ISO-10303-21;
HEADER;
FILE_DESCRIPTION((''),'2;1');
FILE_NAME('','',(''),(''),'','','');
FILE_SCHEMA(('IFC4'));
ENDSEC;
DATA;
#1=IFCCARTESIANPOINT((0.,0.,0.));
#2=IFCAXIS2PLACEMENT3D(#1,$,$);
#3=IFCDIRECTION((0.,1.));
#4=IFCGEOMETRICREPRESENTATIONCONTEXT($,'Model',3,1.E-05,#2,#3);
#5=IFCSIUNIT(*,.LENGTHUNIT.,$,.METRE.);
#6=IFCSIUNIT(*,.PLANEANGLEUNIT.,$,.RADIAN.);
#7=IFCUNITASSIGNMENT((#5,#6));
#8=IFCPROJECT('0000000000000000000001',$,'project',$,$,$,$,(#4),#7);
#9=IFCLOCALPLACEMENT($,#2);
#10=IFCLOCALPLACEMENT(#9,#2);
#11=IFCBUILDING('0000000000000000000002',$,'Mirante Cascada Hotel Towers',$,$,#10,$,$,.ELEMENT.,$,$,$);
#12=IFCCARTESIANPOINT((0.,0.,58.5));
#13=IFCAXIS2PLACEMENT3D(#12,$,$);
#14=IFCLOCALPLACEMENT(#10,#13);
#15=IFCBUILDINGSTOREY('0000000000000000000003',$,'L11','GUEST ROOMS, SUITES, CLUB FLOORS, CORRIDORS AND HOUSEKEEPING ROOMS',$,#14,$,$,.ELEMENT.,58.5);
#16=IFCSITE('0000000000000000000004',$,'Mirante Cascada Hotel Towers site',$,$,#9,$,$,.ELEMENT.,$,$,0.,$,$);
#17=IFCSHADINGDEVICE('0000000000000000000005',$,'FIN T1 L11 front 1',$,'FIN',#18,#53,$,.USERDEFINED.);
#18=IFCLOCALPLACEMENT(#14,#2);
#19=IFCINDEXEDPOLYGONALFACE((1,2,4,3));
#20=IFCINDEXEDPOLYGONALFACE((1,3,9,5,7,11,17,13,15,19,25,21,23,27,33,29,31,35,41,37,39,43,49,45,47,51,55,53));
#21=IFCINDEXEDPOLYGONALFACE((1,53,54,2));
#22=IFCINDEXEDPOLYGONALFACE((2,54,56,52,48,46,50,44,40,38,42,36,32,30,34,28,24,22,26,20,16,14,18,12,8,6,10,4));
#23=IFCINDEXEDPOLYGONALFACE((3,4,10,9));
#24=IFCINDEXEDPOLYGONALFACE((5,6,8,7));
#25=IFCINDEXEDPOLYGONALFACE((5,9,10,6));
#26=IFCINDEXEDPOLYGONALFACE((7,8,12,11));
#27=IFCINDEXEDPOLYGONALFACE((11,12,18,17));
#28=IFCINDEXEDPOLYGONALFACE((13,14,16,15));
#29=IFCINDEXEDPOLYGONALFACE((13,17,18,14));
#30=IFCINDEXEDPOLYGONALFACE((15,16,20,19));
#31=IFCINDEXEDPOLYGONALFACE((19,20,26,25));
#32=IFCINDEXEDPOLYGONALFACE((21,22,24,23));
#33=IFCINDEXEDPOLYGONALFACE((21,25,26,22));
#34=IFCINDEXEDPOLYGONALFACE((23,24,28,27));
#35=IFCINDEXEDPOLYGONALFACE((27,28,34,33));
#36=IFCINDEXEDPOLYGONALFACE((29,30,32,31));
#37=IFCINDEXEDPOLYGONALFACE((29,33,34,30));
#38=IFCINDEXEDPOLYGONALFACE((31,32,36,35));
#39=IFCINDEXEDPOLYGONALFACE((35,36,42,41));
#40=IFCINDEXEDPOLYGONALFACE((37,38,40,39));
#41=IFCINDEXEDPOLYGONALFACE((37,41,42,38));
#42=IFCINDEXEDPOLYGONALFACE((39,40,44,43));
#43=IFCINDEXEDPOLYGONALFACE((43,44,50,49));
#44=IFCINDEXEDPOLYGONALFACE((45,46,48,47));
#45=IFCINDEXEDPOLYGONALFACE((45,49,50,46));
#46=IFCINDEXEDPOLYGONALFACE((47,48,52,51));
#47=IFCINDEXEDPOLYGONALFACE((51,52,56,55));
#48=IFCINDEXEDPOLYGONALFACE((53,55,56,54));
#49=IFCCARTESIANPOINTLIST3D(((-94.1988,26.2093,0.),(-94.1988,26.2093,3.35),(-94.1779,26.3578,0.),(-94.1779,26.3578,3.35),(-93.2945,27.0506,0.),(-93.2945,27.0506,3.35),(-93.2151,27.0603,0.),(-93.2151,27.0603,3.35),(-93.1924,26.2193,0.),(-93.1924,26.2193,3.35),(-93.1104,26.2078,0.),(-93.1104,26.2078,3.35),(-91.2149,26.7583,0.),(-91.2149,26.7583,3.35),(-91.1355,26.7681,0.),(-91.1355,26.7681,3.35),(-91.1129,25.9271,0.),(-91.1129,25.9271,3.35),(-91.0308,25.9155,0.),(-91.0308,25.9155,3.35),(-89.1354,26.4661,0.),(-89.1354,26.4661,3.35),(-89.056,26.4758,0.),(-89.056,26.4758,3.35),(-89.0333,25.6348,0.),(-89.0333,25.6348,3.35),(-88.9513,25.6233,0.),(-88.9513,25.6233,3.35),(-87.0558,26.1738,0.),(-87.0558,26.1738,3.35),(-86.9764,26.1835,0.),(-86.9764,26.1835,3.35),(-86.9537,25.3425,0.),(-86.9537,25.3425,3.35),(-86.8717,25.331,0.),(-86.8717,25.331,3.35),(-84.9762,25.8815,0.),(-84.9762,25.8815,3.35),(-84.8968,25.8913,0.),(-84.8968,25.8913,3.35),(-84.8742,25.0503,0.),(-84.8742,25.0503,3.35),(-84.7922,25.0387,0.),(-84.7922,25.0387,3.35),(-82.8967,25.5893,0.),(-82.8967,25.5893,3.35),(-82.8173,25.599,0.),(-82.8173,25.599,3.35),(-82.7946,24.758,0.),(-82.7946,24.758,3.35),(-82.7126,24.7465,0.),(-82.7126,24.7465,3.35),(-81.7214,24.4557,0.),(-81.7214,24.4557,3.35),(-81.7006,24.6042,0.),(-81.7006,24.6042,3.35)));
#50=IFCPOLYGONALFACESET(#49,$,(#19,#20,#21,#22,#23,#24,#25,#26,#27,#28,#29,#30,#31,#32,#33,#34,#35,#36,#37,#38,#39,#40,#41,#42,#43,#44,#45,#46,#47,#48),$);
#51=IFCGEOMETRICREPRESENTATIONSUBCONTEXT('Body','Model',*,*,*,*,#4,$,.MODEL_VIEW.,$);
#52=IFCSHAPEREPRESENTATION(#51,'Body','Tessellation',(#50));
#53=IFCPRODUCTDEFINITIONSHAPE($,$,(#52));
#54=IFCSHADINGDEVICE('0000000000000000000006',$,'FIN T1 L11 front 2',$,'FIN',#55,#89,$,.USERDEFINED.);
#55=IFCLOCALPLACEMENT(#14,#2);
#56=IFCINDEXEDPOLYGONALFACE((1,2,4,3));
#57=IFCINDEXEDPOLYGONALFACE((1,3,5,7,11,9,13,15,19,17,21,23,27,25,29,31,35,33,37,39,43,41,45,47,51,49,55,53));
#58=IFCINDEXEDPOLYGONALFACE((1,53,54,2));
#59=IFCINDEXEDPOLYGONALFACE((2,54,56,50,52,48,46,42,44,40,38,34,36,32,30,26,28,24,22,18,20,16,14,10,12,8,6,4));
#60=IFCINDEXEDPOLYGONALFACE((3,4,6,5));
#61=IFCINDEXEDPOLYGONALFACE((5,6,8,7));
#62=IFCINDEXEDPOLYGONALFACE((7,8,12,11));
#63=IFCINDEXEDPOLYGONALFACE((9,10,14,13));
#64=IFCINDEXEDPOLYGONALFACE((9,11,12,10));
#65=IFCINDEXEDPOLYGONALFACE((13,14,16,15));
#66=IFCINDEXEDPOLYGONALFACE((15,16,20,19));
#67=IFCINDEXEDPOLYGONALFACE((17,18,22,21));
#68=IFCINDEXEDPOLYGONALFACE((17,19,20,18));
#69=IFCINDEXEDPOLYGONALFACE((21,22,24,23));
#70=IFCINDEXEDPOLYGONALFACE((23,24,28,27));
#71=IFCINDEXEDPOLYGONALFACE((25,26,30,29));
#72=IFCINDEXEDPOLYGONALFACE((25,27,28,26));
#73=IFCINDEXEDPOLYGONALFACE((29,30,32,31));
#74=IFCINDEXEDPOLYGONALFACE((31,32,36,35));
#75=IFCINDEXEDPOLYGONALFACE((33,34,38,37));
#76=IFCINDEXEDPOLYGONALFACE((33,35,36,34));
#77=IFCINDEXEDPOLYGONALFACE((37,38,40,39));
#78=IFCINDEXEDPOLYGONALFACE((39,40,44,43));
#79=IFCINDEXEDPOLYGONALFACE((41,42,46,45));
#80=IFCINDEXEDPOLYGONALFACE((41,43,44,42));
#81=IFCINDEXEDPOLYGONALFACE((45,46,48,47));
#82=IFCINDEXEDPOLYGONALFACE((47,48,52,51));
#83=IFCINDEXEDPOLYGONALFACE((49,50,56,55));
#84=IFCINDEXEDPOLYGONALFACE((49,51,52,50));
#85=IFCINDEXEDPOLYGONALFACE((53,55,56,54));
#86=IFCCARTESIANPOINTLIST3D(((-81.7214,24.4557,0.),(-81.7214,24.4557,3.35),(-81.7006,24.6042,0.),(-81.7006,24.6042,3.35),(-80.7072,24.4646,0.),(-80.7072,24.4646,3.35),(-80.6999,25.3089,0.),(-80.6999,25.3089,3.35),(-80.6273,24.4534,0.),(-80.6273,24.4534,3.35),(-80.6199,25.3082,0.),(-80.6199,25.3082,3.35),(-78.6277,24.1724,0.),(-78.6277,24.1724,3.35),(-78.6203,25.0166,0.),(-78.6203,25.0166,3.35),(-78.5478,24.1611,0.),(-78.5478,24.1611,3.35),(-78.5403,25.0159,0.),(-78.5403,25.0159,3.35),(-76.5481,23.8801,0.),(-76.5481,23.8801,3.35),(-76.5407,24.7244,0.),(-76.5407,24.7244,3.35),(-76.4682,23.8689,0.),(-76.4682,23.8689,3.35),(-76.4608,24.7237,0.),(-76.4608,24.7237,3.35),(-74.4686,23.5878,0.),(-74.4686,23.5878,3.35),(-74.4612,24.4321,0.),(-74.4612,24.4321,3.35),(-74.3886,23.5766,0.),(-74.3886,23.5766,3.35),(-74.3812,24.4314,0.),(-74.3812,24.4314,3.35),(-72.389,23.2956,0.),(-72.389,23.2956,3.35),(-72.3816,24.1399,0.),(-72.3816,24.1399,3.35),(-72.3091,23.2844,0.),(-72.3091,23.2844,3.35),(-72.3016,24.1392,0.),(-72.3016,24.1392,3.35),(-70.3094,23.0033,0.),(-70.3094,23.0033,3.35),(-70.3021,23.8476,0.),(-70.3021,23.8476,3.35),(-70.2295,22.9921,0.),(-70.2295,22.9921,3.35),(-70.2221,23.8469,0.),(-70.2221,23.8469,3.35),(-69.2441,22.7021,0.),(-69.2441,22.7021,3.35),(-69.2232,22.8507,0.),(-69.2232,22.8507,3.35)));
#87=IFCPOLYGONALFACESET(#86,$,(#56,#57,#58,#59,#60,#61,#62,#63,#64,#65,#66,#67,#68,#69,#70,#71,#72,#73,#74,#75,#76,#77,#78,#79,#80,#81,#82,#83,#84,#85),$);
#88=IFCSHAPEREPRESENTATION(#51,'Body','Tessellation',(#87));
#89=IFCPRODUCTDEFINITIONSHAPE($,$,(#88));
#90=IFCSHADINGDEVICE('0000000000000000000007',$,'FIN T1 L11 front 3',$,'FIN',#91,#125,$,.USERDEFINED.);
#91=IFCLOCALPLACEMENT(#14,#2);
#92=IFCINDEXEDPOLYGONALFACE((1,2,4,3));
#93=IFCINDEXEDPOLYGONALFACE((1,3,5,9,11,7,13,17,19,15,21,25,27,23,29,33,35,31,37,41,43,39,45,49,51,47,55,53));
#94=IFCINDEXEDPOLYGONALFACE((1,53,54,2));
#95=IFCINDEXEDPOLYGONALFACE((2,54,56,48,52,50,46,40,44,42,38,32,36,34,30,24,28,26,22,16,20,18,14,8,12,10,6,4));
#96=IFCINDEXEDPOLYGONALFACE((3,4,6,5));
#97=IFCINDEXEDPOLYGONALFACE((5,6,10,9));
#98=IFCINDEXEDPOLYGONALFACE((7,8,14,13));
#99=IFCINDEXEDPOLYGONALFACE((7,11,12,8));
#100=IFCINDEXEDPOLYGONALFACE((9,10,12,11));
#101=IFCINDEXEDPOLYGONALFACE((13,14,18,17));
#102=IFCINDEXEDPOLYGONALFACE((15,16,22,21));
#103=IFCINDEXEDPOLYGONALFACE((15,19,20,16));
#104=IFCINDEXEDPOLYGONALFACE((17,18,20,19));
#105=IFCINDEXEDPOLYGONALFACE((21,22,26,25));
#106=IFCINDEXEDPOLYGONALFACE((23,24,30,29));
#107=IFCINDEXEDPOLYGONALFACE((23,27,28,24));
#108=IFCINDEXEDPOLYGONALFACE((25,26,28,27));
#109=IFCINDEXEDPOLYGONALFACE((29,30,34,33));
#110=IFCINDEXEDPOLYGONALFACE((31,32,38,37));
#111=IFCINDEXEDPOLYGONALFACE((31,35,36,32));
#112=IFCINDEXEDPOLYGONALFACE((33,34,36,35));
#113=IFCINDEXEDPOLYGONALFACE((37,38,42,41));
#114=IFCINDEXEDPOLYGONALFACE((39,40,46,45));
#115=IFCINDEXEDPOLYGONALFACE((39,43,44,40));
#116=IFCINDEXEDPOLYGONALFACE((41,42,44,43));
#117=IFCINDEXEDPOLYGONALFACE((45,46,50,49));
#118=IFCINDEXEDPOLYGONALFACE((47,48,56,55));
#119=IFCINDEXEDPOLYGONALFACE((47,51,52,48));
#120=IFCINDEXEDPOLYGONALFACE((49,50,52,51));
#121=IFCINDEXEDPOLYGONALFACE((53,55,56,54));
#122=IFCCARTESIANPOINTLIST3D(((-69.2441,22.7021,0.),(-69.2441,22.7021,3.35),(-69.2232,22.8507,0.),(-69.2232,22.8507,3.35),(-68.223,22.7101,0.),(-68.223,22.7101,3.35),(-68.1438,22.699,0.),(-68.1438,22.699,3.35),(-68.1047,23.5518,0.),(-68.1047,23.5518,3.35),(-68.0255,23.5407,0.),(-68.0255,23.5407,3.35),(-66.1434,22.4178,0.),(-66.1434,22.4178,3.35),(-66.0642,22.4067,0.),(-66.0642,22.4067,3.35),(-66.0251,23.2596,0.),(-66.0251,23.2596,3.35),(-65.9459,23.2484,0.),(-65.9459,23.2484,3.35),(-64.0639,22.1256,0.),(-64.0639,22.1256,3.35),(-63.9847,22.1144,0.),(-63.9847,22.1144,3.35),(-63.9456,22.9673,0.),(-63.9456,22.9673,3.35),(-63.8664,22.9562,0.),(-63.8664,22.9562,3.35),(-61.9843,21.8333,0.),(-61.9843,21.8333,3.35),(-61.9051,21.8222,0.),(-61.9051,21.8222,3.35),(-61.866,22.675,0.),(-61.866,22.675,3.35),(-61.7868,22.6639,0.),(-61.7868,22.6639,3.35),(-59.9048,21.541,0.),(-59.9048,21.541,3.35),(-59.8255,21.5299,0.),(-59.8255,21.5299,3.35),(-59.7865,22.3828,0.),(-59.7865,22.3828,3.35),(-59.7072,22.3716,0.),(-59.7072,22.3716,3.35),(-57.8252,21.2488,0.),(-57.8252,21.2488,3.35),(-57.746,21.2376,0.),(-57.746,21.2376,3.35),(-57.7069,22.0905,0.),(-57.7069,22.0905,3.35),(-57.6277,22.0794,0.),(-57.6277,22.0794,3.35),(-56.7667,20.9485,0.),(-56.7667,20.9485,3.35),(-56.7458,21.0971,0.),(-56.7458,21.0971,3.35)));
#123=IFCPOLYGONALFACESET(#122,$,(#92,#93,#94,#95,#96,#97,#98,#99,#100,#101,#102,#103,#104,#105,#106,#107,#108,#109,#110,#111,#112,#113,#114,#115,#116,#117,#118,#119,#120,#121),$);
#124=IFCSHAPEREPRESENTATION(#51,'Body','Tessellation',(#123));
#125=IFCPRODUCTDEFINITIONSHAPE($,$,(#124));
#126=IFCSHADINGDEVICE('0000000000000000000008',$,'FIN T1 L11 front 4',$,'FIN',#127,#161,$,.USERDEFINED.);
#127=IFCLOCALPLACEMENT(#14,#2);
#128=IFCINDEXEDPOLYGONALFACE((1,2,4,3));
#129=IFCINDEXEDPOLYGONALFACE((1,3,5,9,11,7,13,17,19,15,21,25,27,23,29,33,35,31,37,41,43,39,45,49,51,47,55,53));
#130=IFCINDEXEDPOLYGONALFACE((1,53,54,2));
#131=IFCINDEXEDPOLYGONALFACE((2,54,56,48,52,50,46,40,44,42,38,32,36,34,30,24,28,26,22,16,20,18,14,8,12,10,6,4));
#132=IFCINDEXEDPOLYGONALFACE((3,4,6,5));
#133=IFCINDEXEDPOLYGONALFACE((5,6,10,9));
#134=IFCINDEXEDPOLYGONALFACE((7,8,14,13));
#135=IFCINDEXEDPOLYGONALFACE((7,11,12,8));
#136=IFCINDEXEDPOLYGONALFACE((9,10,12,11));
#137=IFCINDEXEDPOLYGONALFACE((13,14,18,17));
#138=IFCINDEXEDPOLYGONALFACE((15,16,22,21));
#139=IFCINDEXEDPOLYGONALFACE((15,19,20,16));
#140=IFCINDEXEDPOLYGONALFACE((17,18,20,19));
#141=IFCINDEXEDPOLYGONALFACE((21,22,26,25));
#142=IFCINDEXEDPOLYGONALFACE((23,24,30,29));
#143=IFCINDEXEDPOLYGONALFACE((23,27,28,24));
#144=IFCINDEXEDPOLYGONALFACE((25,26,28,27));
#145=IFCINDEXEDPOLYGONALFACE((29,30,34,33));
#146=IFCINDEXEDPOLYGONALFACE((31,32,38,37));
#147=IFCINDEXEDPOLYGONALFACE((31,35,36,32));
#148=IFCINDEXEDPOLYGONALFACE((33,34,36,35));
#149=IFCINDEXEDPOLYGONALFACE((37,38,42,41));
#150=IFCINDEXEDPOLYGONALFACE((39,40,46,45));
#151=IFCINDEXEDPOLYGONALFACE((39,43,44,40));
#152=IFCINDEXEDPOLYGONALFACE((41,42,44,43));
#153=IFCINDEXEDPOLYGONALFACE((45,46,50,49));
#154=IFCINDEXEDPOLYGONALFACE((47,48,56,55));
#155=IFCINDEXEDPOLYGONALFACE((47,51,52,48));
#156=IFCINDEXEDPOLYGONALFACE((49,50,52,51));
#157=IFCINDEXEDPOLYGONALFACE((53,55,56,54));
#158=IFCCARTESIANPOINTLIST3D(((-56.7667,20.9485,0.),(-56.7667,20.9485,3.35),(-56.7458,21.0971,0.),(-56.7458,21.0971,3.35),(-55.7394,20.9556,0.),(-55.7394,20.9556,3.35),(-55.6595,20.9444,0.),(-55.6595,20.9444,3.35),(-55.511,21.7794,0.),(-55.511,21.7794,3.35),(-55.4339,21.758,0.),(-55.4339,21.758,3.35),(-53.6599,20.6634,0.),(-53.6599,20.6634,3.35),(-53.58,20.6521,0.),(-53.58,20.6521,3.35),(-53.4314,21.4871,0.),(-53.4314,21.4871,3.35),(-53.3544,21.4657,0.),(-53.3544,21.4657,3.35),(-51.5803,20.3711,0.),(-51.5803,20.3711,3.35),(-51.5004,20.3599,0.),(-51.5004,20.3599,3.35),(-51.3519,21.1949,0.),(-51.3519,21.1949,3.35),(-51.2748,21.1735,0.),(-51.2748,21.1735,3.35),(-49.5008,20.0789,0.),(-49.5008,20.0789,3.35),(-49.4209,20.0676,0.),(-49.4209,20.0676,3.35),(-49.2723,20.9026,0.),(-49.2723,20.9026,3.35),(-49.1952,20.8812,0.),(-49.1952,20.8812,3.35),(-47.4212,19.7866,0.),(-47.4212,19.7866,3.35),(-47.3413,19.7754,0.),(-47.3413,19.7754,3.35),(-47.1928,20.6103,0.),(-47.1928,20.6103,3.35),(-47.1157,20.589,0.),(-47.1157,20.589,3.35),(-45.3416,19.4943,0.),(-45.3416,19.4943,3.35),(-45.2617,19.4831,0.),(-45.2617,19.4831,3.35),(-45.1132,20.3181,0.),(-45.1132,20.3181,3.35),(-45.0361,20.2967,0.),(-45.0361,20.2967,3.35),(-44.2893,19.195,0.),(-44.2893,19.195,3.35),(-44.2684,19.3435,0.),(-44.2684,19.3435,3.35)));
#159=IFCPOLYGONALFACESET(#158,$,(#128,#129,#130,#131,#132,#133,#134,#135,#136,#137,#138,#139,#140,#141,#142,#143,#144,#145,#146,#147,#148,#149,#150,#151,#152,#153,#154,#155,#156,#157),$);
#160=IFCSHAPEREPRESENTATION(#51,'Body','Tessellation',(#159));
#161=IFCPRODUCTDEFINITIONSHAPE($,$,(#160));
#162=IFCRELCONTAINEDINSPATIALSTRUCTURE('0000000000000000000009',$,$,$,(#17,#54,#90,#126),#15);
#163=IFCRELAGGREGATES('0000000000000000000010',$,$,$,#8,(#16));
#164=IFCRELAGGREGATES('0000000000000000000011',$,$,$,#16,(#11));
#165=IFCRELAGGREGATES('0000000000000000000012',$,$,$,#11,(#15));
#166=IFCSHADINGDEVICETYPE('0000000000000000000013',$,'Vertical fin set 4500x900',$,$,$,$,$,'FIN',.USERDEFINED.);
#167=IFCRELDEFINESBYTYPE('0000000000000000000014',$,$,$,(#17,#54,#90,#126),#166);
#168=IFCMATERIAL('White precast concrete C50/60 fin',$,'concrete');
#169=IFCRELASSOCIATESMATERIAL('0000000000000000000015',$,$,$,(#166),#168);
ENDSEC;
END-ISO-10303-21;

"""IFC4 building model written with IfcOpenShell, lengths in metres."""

from ifc_helpers import new_model, si_unit, direction, frame, origin, place, context, subcontext, project, spatial, polyline, outline, extrude, material, type_object, element, save


model = new_model("IFC4")

# Units and contexts
model_context = context("Model", 3, precision=1e-05, world=origin(), true_north=direction((0.0, 1.0)))
body_context = subcontext(model_context, "Body", "Model", "MODEL_VIEW")
ifc_project = project(units=[si_unit("LENGTHUNIT", "METRE"), si_unit("PLANEANGLEUNIT", "RADIAN")], contexts=[model_context])

# Site, building, storey
site_placement = place(None, origin())
site = spatial("IfcSite", under=ifc_project, at=site_placement, Name="Mirante Cascada Hotel Towers site", CompositionType="ELEMENT", RefElevation=0.0)
building_placement = place(site_placement, origin())
building = spatial("IfcBuilding", under=site, at=building_placement, Name="Mirante Cascada Hotel Towers", CompositionType="ELEMENT")
storey_placement = place(building_placement, frame((0.0, 0.0, 58.5)))
storey = spatial("IfcBuildingStorey", under=building, at=storey_placement, Name="L11", Description="GUEST ROOMS, SUITES, CLUB FLOORS, CORRIDORS AND HOUSEKEEPING ROOMS", CompositionType="ELEMENT", Elevation=58.5)

# Shading devices
ifc_material_1 = material(Name="White precast concrete C50/60 fin", Category="concrete")
shading_device_type = type_object("IfcShadingDeviceType", Name="Vertical fin set 4500x900", ElementType="FIN", PredefinedType="USERDEFINED", material=ifc_material_1)
shading_device_1_placement = place(storey_placement, origin())
element("IfcShadingDevice", 1, at=shading_device_1_placement, inside=storey, type_object=shading_device_type, Name="FIN T1 L11 front 1", ObjectType="FIN", PredefinedType="USERDEFINED", context=body_context, shape_type="SweptSolid", body=[
    extrude(outline(polyline([(-82.8173, 25.599), (-82.7126, 24.7465), (-81.7006, 24.6042), (-81.7214, 24.4557), (-94.1988, 26.2093), (-94.1779, 26.3578), (-93.1924, 26.2193), (-93.2945, 27.0506), (-93.2151, 27.0603), (-93.1104, 26.2078), (-91.1129, 25.9271), (-91.2149, 26.7583), (-91.1355, 26.7681), (-91.0308, 25.9155), (-89.0333, 25.6348), (-89.1354, 26.4661), (-89.056, 26.4758), (-88.9513, 25.6233), (-86.9537, 25.3425), (-87.0558, 26.1738), (-86.9764, 26.1835), (-86.8717, 25.331), (-84.8742, 25.0503), (-84.9762, 25.8815), (-84.8968, 25.8913), (-84.7922, 25.0387), (-82.7946, 24.758), (-82.8967, 25.5893), (-82.8173, 25.599)])), origin(), (0.0, 0.0, 1.0), 3.35),
])
shading_device_2_placement = place(storey_placement, origin())
element("IfcShadingDevice", 2, at=shading_device_2_placement, inside=storey, type_object=shading_device_type, Name="FIN T1 L11 front 2", ObjectType="FIN", PredefinedType="USERDEFINED", context=body_context, shape_type="SweptSolid", body=[
    extrude(outline(polyline([(-70.2221, 23.8469), (-70.2295, 22.9921), (-69.2232, 22.8507), (-69.2441, 22.7021), (-81.7214, 24.4557), (-81.7006, 24.6042), (-80.7072, 24.4646), (-80.6999, 25.3089), (-80.6199, 25.3082), (-80.6273, 24.4534), (-78.6277, 24.1724), (-78.6203, 25.0166), (-78.5403, 25.0159), (-78.5478, 24.1611), (-76.5481, 23.8801), (-76.5407, 24.7244), (-76.4608, 24.7237), (-76.4682, 23.8689), (-74.4686, 23.5878), (-74.4612, 24.4321), (-74.3812, 24.4314), (-74.3886, 23.5766), (-72.389, 23.2956), (-72.3816, 24.1399), (-72.3016, 24.1392), (-72.3091, 23.2844), (-70.3094, 23.0033), (-70.3021, 23.8476), (-70.2221, 23.8469)])), origin(), (0.0, 0.0, 1.0), 3.35),
])
shading_device_3_placement = place(storey_placement, origin())
element("IfcShadingDevice", 3, at=shading_device_3_placement, inside=storey, type_object=shading_device_type, Name="FIN T1 L11 front 3", ObjectType="FIN", PredefinedType="USERDEFINED", context=body_context, shape_type="SweptSolid", body=[
    extrude(outline(polyline([(-57.6277, 22.0794), (-57.746, 21.2376), (-56.7458, 21.0971), (-56.7667, 20.9485), (-69.2441, 22.7021), (-69.2232, 22.8507), (-68.223, 22.7101), (-68.1047, 23.5518), (-68.0255, 23.5407), (-68.1438, 22.699), (-66.1434, 22.4178), (-66.0251, 23.2596), (-65.9459, 23.2484), (-66.0642, 22.4067), (-64.0639, 22.1256), (-63.9456, 22.9673), (-63.8664, 22.9562), (-63.9847, 22.1144), (-61.9843, 21.8333), (-61.866, 22.675), (-61.7868, 22.6639), (-61.9051, 21.8222), (-59.9048, 21.541), (-59.7865, 22.3828), (-59.7072, 22.3716), (-59.8255, 21.5299), (-57.8252, 21.2488), (-57.7069, 22.0905), (-57.6277, 22.0794)])), origin(), (0.0, 0.0, 1.0), 3.35),
])
shading_device_4_placement = place(storey_placement, origin())
element("IfcShadingDevice", 4, at=shading_device_4_placement, inside=storey, type_object=shading_device_type, Name="FIN T1 L11 front 4", ObjectType="FIN", PredefinedType="USERDEFINED", context=body_context, shape_type="SweptSolid", body=[
    extrude(outline(polyline([(-45.0361, 20.2967), (-45.2617, 19.4831), (-44.2684, 19.3435), (-44.2893, 19.195), (-56.7667, 20.9485), (-56.7458, 21.0971), (-55.7394, 20.9556), (-55.511, 21.7794), (-55.4339, 21.758), (-55.6595, 20.9444), (-53.6599, 20.6634), (-53.4314, 21.4871), (-53.3544, 21.4657), (-53.58, 20.6521), (-51.5803, 20.3711), (-51.3519, 21.1949), (-51.2748, 21.1735), (-51.5004, 20.3599), (-49.5008, 20.0789), (-49.2723, 20.9026), (-49.1952, 20.8812), (-49.4209, 20.0676), (-47.4212, 19.7866), (-47.1928, 20.6103), (-47.1157, 20.589), (-47.3413, 19.7754), (-45.3416, 19.4943), (-45.1132, 20.3181), (-45.0361, 20.2967)])), origin(), (0.0, 0.0, 1.0), 3.35),
])

save(model, "model.ifc")
